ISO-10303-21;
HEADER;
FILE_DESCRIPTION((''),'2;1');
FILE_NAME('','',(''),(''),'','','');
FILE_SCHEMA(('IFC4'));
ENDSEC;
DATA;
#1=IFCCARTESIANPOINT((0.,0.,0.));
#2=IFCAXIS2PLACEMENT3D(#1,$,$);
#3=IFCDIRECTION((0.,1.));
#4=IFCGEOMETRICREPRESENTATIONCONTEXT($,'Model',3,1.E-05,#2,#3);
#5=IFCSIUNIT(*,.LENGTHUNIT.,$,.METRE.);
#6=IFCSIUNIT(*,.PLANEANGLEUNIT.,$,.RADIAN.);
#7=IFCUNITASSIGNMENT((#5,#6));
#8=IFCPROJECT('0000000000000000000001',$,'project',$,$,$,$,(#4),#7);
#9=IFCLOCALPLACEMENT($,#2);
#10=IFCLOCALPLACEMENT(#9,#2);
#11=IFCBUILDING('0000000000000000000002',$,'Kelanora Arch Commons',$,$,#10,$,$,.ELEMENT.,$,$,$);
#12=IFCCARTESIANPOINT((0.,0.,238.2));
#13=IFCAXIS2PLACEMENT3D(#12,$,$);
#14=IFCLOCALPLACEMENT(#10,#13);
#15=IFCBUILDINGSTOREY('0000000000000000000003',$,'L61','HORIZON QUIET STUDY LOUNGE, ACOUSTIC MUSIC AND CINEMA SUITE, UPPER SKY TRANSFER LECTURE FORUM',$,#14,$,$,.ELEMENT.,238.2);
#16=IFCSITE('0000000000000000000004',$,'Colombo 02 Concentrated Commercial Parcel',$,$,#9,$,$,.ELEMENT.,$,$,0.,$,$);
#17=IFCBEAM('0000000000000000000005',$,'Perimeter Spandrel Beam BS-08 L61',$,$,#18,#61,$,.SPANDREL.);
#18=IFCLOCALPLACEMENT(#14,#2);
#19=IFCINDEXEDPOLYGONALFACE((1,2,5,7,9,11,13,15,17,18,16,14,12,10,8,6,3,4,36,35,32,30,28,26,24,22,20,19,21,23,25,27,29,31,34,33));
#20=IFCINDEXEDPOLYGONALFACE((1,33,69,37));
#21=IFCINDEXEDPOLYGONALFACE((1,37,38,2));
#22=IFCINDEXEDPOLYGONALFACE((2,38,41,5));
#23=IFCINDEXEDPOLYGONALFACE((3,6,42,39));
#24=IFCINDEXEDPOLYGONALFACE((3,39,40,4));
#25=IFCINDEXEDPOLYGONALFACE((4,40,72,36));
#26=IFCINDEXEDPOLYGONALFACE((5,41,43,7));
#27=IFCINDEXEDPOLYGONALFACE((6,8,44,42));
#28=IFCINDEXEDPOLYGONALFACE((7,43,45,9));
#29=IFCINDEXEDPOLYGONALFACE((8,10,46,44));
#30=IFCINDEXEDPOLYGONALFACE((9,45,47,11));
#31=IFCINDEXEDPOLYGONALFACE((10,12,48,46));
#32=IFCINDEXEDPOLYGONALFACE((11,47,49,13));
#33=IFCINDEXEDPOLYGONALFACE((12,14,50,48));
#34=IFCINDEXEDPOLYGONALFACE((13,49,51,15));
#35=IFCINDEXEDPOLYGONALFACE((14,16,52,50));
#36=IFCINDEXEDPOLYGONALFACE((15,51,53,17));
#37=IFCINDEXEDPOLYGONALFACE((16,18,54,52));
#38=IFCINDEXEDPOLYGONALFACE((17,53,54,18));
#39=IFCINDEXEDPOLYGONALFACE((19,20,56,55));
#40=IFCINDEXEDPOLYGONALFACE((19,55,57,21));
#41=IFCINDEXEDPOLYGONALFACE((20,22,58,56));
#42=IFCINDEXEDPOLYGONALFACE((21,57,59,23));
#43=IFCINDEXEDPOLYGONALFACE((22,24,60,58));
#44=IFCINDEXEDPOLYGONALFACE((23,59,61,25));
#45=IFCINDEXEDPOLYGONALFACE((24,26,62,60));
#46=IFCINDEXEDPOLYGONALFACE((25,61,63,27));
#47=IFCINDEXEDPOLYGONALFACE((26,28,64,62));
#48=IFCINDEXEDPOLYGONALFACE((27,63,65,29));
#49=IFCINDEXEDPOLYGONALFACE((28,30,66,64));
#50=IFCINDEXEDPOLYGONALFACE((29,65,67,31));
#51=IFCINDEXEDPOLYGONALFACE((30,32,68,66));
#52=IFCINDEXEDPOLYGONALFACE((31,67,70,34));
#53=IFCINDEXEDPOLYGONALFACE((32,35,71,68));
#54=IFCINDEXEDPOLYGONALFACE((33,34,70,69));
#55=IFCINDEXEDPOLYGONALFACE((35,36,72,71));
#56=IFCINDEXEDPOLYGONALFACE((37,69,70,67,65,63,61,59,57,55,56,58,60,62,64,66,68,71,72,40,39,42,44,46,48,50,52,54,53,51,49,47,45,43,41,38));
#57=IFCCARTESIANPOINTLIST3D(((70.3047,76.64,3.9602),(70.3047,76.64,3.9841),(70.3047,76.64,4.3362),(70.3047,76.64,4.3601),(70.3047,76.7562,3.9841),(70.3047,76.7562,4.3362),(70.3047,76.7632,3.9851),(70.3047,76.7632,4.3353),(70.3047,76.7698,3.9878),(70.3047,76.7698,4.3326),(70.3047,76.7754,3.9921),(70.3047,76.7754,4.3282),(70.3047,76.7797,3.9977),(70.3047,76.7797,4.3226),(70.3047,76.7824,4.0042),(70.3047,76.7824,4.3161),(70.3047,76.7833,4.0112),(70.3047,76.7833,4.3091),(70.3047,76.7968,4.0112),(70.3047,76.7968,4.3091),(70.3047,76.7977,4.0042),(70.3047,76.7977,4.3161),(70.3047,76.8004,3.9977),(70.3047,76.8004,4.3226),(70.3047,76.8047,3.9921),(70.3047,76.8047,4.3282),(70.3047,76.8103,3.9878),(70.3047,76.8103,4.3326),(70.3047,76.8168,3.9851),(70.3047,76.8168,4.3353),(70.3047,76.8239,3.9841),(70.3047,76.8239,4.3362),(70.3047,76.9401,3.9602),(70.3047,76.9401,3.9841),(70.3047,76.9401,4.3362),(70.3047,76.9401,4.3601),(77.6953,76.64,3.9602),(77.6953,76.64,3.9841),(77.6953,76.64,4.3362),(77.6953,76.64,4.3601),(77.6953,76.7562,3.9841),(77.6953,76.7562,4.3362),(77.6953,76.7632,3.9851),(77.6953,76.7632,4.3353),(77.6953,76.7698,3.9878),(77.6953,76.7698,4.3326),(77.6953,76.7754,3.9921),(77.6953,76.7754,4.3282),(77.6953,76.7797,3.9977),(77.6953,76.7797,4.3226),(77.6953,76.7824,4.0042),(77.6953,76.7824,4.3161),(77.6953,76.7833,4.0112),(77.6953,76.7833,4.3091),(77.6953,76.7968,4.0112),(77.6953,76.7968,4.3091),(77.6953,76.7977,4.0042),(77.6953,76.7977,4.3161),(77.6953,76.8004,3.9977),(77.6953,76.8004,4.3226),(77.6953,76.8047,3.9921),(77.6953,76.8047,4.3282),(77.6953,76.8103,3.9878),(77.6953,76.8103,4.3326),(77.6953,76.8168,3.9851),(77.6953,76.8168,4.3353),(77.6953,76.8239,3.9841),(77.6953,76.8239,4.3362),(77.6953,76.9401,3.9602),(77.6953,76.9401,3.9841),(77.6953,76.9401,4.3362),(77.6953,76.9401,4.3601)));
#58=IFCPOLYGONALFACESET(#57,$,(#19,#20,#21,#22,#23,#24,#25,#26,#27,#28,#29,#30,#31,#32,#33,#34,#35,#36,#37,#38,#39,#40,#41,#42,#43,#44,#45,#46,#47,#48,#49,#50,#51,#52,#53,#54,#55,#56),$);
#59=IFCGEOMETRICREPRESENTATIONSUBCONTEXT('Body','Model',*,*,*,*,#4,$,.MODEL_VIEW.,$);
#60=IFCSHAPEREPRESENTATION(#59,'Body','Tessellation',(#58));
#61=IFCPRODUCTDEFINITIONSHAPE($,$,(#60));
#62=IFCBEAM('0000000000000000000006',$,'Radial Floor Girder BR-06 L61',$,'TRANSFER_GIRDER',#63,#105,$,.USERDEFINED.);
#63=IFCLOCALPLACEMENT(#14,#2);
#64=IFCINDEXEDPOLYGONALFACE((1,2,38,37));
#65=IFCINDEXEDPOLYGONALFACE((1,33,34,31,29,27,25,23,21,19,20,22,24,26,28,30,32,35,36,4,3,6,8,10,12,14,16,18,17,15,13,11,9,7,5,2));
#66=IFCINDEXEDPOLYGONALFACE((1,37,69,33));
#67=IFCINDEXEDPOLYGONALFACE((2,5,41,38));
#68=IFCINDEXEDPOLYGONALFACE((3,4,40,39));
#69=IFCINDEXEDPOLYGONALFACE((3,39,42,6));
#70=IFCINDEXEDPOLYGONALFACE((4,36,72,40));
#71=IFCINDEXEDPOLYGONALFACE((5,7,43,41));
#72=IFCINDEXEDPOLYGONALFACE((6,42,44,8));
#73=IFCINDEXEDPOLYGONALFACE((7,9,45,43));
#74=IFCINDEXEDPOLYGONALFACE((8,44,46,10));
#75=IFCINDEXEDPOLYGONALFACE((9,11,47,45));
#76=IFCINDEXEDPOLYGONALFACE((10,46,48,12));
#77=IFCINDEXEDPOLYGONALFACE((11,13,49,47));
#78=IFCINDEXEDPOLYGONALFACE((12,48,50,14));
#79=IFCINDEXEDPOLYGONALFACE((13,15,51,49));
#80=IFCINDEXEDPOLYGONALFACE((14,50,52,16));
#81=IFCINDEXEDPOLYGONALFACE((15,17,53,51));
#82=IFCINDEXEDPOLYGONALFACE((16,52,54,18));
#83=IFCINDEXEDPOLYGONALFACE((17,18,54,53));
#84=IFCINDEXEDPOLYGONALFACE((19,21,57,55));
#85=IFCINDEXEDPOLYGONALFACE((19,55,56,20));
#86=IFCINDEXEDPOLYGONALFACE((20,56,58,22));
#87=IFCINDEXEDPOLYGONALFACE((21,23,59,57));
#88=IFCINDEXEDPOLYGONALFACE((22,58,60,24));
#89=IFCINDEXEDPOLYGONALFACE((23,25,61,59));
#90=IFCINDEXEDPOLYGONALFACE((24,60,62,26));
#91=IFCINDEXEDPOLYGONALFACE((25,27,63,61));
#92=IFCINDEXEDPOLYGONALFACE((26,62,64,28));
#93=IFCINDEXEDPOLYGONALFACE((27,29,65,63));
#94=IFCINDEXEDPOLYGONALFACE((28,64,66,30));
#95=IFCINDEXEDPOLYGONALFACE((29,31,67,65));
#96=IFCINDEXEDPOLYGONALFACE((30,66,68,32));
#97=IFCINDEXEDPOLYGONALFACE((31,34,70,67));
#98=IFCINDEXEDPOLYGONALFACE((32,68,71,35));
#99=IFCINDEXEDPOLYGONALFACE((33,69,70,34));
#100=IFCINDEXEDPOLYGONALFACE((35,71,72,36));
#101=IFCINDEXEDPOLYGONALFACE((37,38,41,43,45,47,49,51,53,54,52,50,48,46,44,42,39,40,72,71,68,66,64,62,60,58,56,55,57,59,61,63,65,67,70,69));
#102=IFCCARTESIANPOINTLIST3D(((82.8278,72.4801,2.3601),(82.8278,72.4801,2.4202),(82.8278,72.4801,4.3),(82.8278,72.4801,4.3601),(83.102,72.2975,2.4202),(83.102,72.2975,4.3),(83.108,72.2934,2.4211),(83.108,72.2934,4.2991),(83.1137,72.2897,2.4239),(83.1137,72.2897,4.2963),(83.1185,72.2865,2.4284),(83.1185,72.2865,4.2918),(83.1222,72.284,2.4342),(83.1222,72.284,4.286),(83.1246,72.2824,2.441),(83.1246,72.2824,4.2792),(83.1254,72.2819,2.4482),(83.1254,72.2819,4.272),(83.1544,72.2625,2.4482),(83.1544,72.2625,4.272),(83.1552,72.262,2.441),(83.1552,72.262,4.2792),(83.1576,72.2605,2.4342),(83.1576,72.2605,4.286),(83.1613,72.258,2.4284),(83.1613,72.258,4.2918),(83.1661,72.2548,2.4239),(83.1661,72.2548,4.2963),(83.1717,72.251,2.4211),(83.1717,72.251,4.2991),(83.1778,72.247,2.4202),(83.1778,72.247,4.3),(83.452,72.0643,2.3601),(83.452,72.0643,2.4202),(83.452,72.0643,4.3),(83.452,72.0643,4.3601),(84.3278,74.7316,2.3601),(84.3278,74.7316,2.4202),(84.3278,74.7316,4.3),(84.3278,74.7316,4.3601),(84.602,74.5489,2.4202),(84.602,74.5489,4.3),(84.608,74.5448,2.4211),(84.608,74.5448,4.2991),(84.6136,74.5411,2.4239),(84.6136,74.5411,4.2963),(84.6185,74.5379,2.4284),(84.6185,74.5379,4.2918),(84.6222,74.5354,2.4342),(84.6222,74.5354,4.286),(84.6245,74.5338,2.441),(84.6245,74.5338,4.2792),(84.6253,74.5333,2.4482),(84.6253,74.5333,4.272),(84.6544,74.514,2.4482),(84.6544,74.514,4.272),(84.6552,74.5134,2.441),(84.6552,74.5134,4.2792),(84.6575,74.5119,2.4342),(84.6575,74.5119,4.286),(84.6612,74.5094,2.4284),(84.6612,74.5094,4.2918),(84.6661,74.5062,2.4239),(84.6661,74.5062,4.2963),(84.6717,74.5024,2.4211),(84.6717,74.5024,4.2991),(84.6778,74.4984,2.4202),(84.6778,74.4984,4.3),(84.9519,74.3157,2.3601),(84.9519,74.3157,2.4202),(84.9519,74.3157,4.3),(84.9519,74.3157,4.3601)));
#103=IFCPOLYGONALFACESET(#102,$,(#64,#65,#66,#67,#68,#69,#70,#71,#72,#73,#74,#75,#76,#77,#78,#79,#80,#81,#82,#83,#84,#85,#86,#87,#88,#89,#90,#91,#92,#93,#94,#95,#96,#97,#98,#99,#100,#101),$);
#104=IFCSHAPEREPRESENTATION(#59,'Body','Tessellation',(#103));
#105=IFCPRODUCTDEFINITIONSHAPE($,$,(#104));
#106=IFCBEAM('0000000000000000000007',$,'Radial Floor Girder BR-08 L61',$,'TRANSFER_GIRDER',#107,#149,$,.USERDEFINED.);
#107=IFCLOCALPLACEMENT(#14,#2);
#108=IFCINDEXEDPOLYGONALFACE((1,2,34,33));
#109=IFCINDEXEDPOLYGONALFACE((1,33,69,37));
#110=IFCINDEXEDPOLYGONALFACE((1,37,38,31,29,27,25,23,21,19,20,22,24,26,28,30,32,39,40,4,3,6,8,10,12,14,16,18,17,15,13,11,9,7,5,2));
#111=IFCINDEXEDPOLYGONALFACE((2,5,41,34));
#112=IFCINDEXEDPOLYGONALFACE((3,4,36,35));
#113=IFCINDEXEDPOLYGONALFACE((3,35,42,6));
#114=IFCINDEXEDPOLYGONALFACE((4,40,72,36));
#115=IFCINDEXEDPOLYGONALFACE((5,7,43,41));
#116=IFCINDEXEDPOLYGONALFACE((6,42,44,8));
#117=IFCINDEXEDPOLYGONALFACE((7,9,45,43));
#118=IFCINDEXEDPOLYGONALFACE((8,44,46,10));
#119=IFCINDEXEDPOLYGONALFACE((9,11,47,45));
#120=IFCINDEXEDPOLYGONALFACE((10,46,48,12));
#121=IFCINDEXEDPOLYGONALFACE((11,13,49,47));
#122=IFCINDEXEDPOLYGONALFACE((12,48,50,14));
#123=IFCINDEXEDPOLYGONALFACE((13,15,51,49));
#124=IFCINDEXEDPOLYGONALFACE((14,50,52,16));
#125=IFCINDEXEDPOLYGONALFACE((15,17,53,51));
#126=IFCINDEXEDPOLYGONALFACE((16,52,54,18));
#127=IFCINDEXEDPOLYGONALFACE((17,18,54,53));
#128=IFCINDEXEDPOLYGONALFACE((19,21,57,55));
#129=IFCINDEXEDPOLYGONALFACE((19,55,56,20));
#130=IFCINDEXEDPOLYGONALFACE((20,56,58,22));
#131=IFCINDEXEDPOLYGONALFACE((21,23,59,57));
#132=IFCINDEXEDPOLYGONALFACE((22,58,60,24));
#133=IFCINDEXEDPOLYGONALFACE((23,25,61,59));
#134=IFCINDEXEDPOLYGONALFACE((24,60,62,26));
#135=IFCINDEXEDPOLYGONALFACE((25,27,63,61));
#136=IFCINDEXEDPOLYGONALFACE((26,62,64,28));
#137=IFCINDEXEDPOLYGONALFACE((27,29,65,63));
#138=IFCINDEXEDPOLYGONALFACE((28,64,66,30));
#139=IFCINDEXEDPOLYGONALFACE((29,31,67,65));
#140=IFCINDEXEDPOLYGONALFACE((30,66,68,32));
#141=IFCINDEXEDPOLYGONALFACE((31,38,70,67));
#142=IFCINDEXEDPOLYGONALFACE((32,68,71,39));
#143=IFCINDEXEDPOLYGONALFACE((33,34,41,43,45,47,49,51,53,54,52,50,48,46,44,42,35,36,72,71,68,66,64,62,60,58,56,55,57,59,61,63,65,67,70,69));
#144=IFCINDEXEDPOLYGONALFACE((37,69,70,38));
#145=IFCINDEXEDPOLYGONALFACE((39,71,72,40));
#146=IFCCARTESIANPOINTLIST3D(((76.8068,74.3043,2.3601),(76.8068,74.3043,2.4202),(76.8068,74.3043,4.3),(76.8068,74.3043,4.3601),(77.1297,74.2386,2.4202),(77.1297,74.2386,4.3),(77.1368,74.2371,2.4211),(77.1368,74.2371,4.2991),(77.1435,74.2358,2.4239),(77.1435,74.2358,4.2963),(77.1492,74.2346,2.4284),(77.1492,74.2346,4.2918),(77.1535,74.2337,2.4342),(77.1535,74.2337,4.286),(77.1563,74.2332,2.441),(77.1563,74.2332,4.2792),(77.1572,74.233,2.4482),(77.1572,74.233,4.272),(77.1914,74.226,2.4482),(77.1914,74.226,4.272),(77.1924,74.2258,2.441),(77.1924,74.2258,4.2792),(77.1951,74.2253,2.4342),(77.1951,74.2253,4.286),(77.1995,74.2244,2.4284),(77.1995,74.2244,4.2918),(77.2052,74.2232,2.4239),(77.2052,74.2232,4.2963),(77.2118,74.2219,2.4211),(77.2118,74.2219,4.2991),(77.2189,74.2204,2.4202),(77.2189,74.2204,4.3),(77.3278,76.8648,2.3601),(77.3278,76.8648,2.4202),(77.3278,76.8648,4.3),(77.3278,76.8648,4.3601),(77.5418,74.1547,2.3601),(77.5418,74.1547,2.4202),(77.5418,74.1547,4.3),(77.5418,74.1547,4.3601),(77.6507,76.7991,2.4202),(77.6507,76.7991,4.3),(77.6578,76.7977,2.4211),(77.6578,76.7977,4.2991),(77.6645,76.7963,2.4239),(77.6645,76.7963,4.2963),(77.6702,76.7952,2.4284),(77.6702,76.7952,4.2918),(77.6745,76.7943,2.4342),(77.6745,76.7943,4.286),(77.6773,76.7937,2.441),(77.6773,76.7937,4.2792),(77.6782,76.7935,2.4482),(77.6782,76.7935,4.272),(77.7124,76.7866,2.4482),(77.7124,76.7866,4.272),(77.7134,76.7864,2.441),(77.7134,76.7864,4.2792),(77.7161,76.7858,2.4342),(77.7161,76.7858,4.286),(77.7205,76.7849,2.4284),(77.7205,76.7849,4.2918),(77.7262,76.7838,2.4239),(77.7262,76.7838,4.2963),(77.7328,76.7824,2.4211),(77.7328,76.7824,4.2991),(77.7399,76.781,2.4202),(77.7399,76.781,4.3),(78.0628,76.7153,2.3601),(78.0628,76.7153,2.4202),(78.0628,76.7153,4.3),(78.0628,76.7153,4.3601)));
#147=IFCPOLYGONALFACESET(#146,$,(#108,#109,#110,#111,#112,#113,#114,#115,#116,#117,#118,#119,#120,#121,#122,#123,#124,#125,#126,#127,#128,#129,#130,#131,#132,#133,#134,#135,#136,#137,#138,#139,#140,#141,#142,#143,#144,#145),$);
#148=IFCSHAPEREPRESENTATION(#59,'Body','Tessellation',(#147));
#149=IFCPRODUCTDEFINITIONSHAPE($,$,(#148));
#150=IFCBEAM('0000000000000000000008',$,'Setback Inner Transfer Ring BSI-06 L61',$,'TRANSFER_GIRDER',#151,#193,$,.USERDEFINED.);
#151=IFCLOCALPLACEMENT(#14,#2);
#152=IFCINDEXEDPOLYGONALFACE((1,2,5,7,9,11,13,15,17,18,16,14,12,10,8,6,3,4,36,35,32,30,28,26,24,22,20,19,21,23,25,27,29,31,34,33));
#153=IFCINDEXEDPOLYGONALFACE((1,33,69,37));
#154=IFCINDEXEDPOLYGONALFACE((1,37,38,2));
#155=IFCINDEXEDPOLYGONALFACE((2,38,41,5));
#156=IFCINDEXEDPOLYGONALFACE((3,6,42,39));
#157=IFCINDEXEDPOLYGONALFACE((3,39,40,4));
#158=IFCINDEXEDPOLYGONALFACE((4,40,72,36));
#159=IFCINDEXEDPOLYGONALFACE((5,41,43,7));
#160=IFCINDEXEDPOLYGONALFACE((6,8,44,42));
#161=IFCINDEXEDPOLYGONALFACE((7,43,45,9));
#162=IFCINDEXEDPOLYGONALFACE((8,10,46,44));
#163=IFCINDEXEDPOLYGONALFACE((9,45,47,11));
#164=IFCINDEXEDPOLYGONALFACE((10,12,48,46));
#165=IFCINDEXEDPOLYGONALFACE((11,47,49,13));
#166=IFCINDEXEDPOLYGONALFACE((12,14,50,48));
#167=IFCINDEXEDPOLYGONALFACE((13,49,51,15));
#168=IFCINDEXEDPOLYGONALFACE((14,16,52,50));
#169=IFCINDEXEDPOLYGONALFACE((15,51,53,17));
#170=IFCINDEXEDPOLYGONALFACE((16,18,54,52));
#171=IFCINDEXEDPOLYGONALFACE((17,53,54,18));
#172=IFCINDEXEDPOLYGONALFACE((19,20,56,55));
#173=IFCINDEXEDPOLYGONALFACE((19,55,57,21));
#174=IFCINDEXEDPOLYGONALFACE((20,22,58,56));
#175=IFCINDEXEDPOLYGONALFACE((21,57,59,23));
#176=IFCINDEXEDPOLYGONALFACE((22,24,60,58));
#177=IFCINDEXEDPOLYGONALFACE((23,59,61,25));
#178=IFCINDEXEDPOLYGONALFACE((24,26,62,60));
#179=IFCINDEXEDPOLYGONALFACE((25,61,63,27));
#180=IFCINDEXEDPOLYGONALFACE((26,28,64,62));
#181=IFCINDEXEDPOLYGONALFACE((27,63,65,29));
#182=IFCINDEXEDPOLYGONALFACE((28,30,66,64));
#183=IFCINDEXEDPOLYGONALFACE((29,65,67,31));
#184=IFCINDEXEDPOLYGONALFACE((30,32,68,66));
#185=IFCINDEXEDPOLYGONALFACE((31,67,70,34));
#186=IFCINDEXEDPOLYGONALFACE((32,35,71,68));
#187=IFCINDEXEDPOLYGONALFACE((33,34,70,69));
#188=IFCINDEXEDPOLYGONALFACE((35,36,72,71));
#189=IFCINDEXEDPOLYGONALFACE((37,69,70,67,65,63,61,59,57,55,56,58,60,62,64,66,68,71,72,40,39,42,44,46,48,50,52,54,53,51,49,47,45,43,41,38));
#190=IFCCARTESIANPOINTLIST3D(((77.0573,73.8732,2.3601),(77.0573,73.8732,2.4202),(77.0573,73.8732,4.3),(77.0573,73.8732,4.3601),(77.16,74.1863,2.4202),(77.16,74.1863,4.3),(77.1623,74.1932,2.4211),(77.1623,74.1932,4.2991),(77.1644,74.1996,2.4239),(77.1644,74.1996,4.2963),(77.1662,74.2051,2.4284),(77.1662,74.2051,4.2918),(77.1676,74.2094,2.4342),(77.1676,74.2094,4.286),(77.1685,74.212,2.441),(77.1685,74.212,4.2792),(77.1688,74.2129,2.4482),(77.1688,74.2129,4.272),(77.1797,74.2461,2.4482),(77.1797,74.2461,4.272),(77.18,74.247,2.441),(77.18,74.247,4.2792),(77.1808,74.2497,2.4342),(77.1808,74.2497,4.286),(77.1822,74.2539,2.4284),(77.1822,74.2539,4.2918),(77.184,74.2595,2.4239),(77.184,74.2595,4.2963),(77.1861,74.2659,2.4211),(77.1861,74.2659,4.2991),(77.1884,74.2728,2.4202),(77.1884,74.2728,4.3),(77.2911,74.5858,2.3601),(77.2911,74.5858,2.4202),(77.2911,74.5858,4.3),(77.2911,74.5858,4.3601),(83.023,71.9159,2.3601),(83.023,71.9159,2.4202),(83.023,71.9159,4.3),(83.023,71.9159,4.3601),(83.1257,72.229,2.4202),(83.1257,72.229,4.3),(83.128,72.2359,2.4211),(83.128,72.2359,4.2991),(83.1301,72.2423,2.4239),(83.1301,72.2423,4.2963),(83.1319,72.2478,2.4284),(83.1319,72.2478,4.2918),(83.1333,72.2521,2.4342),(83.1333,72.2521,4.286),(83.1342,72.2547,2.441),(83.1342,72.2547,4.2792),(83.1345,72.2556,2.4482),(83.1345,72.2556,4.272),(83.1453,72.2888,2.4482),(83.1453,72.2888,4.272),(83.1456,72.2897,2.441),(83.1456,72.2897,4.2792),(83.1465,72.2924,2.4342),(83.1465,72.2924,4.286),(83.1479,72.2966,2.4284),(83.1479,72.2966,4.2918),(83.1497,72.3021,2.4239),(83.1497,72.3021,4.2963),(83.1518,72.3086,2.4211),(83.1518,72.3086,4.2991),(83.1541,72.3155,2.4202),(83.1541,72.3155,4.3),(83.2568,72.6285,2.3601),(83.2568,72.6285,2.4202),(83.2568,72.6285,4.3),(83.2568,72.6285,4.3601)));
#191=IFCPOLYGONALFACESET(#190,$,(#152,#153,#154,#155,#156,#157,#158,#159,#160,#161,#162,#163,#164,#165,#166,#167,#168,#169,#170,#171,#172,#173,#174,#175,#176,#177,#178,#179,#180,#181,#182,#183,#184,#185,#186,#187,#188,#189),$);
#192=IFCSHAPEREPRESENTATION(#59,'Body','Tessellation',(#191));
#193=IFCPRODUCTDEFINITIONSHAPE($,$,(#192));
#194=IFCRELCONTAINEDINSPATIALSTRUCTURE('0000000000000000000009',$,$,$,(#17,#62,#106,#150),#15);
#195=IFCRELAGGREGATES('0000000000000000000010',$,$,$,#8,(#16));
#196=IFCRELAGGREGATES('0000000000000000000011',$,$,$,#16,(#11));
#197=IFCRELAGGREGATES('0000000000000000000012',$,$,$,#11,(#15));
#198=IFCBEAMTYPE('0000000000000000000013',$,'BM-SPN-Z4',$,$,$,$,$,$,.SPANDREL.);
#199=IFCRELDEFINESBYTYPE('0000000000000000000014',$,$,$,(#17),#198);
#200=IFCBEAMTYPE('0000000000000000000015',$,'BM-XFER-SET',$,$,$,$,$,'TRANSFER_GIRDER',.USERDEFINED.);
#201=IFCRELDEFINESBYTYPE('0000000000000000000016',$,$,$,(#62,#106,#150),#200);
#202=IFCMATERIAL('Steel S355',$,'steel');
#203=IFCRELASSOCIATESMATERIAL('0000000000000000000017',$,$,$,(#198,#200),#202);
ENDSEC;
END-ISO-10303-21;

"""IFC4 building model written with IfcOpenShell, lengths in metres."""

from ifc_helpers import new_model, si_unit, direction, frame, origin, origin_2d, place, context, subcontext, project, spatial, i_section, extrude, material, material_profile, profile_set, type_object, element, save


model = new_model("IFC4")

# Units and contexts
model_context = context("Model", 3, precision=1e-05, world=origin(), true_north=direction((0.0, 1.0)))
body_context = subcontext(model_context, "Body", "Model", "MODEL_VIEW")
ifc_project = project(units=[si_unit("LENGTHUNIT", "METRE"), si_unit("PLANEANGLEUNIT", "RADIAN")], contexts=[model_context])

# Site, building, storey
site_placement = place(None, origin())
site = spatial("IfcSite", under=ifc_project, at=site_placement, Name="Colombo 02 Concentrated Commercial Parcel", CompositionType="ELEMENT", RefElevation=0.0)
building_placement = place(site_placement, origin())
building = spatial("IfcBuilding", under=site, at=building_placement, Name="Kelanora Arch Commons", CompositionType="ELEMENT")
storey_placement = place(building_placement, frame((0.0, 0.0, 238.2)))
storey = spatial("IfcBuildingStorey", under=building, at=storey_placement, Name="L61", Description="HORIZON QUIET STUDY LOUNGE, ACOUSTIC MUSIC AND CINEMA SUITE, UPPER SKY TRANSFER LECTURE FORUM", CompositionType="ELEMENT", Elevation=238.2)

# Beams
ifc_material_1 = material(Name="Steel S355", Category="steel")
ifc_material_profile_1 = material_profile(ifc_material_1, i_section(OverallWidth=0.3, OverallDepth=0.3999, WebThickness=0.0134, FlangeThickness=0.0239, FilletRadius=0.0271, at=origin_2d()), Name="HEB400")
ifc_profile_set_1 = profile_set([ifc_material_profile_1], Name="Steel S355")
beam_type_1 = type_object("IfcBeamType", Name="BM-SPN-Z4", PredefinedType="SPANDREL", material=ifc_profile_set_1)
beam_1_placement = place(storey_placement, frame((77.6953, 76.79, 4.1602), z_axis=(-1.0, 0.0, 0.0), x_axis=(0.0, -1.0, 0.0)))
element("IfcBeam", 1, at=beam_1_placement, inside=storey, type_object=beam_type_1, Name="Perimeter Spandrel Beam BS-08 L61", PredefinedType="SPANDREL", context=body_context, shape_type="SweptSolid", body=[
    extrude(i_section(OverallWidth=0.3, OverallDepth=0.3999, WebThickness=0.0134, FlangeThickness=0.0239, FilletRadius=0.0271, at=origin_2d()), origin(), (0.0, 0.0, 1.0), 7.3906),
])
ifc_material_profile_2 = material_profile(ifc_material_1, i_section(OverallWidth=0.75, OverallDepth=2.0, WebThickness=0.0349, FlangeThickness=0.0601, FilletRadius=0.0281, at=origin_2d()), Name="PG2000x750")
ifc_profile_set_2 = profile_set([ifc_material_profile_2], Name="Steel S355")
beam_type_2 = type_object("IfcBeamType", Name="BM-XFER-SET", ElementType="TRANSFER_GIRDER", PredefinedType="USERDEFINED", material=ifc_profile_set_2)
beam_2_placement = place(storey_placement, frame((83.1399, 72.2722, 3.3601), z_axis=(0.55445, 0.832217, 0.0), x_axis=(-0.832217, 0.55445, 0.0)))
element("IfcBeam", 2, at=beam_2_placement, inside=storey, type_object=beam_type_2, Name="Radial Floor Girder BR-06 L61", ObjectType="TRANSFER_GIRDER", PredefinedType="USERDEFINED", context=body_context, shape_type="SweptSolid", body=[
    extrude(i_section(OverallWidth=0.75, OverallDepth=2.0, WebThickness=0.0349, FlangeThickness=0.0601, FilletRadius=0.0281, at=origin_2d()), origin(), (0.0, 0.0, 1.0), 2.7053),
])
beam_3_placement = place(storey_placement, frame((77.1743, 74.2295, 3.3601), z_axis=(0.199385, 0.979921, 0.0), x_axis=(-0.979921, 0.199385, 0.0)))
element("IfcBeam", 3, at=beam_3_placement, inside=storey, type_object=beam_type_2, Name="Radial Floor Girder BR-08 L61", ObjectType="TRANSFER_GIRDER", PredefinedType="USERDEFINED", context=body_context, shape_type="SweptSolid", body=[
    extrude(i_section(OverallWidth=0.75, OverallDepth=2.0, WebThickness=0.0349, FlangeThickness=0.0601, FilletRadius=0.0281, at=origin_2d()), origin(), (0.0, 0.0, 1.0), 2.613),
])
beam_4_placement = place(storey_placement, frame((83.1399, 72.2722, 3.3601), z_axis=(-0.950166, 0.311745, 0.0), x_axis=(-0.311745, -0.950166, 0.0)))
element("IfcBeam", 4, at=beam_4_placement, inside=storey, type_object=beam_type_2, Name="Setback Inner Transfer Ring BSI-06 L61", ObjectType="TRANSFER_GIRDER", PredefinedType="USERDEFINED", context=body_context, shape_type="SweptSolid", body=[
    extrude(i_section(OverallWidth=0.75, OverallDepth=2.0, WebThickness=0.0349, FlangeThickness=0.0601, FilletRadius=0.0281, at=origin_2d()), origin(), (0.0, 0.0, 1.0), 6.2786),
])

save(model, "model.ifc")
